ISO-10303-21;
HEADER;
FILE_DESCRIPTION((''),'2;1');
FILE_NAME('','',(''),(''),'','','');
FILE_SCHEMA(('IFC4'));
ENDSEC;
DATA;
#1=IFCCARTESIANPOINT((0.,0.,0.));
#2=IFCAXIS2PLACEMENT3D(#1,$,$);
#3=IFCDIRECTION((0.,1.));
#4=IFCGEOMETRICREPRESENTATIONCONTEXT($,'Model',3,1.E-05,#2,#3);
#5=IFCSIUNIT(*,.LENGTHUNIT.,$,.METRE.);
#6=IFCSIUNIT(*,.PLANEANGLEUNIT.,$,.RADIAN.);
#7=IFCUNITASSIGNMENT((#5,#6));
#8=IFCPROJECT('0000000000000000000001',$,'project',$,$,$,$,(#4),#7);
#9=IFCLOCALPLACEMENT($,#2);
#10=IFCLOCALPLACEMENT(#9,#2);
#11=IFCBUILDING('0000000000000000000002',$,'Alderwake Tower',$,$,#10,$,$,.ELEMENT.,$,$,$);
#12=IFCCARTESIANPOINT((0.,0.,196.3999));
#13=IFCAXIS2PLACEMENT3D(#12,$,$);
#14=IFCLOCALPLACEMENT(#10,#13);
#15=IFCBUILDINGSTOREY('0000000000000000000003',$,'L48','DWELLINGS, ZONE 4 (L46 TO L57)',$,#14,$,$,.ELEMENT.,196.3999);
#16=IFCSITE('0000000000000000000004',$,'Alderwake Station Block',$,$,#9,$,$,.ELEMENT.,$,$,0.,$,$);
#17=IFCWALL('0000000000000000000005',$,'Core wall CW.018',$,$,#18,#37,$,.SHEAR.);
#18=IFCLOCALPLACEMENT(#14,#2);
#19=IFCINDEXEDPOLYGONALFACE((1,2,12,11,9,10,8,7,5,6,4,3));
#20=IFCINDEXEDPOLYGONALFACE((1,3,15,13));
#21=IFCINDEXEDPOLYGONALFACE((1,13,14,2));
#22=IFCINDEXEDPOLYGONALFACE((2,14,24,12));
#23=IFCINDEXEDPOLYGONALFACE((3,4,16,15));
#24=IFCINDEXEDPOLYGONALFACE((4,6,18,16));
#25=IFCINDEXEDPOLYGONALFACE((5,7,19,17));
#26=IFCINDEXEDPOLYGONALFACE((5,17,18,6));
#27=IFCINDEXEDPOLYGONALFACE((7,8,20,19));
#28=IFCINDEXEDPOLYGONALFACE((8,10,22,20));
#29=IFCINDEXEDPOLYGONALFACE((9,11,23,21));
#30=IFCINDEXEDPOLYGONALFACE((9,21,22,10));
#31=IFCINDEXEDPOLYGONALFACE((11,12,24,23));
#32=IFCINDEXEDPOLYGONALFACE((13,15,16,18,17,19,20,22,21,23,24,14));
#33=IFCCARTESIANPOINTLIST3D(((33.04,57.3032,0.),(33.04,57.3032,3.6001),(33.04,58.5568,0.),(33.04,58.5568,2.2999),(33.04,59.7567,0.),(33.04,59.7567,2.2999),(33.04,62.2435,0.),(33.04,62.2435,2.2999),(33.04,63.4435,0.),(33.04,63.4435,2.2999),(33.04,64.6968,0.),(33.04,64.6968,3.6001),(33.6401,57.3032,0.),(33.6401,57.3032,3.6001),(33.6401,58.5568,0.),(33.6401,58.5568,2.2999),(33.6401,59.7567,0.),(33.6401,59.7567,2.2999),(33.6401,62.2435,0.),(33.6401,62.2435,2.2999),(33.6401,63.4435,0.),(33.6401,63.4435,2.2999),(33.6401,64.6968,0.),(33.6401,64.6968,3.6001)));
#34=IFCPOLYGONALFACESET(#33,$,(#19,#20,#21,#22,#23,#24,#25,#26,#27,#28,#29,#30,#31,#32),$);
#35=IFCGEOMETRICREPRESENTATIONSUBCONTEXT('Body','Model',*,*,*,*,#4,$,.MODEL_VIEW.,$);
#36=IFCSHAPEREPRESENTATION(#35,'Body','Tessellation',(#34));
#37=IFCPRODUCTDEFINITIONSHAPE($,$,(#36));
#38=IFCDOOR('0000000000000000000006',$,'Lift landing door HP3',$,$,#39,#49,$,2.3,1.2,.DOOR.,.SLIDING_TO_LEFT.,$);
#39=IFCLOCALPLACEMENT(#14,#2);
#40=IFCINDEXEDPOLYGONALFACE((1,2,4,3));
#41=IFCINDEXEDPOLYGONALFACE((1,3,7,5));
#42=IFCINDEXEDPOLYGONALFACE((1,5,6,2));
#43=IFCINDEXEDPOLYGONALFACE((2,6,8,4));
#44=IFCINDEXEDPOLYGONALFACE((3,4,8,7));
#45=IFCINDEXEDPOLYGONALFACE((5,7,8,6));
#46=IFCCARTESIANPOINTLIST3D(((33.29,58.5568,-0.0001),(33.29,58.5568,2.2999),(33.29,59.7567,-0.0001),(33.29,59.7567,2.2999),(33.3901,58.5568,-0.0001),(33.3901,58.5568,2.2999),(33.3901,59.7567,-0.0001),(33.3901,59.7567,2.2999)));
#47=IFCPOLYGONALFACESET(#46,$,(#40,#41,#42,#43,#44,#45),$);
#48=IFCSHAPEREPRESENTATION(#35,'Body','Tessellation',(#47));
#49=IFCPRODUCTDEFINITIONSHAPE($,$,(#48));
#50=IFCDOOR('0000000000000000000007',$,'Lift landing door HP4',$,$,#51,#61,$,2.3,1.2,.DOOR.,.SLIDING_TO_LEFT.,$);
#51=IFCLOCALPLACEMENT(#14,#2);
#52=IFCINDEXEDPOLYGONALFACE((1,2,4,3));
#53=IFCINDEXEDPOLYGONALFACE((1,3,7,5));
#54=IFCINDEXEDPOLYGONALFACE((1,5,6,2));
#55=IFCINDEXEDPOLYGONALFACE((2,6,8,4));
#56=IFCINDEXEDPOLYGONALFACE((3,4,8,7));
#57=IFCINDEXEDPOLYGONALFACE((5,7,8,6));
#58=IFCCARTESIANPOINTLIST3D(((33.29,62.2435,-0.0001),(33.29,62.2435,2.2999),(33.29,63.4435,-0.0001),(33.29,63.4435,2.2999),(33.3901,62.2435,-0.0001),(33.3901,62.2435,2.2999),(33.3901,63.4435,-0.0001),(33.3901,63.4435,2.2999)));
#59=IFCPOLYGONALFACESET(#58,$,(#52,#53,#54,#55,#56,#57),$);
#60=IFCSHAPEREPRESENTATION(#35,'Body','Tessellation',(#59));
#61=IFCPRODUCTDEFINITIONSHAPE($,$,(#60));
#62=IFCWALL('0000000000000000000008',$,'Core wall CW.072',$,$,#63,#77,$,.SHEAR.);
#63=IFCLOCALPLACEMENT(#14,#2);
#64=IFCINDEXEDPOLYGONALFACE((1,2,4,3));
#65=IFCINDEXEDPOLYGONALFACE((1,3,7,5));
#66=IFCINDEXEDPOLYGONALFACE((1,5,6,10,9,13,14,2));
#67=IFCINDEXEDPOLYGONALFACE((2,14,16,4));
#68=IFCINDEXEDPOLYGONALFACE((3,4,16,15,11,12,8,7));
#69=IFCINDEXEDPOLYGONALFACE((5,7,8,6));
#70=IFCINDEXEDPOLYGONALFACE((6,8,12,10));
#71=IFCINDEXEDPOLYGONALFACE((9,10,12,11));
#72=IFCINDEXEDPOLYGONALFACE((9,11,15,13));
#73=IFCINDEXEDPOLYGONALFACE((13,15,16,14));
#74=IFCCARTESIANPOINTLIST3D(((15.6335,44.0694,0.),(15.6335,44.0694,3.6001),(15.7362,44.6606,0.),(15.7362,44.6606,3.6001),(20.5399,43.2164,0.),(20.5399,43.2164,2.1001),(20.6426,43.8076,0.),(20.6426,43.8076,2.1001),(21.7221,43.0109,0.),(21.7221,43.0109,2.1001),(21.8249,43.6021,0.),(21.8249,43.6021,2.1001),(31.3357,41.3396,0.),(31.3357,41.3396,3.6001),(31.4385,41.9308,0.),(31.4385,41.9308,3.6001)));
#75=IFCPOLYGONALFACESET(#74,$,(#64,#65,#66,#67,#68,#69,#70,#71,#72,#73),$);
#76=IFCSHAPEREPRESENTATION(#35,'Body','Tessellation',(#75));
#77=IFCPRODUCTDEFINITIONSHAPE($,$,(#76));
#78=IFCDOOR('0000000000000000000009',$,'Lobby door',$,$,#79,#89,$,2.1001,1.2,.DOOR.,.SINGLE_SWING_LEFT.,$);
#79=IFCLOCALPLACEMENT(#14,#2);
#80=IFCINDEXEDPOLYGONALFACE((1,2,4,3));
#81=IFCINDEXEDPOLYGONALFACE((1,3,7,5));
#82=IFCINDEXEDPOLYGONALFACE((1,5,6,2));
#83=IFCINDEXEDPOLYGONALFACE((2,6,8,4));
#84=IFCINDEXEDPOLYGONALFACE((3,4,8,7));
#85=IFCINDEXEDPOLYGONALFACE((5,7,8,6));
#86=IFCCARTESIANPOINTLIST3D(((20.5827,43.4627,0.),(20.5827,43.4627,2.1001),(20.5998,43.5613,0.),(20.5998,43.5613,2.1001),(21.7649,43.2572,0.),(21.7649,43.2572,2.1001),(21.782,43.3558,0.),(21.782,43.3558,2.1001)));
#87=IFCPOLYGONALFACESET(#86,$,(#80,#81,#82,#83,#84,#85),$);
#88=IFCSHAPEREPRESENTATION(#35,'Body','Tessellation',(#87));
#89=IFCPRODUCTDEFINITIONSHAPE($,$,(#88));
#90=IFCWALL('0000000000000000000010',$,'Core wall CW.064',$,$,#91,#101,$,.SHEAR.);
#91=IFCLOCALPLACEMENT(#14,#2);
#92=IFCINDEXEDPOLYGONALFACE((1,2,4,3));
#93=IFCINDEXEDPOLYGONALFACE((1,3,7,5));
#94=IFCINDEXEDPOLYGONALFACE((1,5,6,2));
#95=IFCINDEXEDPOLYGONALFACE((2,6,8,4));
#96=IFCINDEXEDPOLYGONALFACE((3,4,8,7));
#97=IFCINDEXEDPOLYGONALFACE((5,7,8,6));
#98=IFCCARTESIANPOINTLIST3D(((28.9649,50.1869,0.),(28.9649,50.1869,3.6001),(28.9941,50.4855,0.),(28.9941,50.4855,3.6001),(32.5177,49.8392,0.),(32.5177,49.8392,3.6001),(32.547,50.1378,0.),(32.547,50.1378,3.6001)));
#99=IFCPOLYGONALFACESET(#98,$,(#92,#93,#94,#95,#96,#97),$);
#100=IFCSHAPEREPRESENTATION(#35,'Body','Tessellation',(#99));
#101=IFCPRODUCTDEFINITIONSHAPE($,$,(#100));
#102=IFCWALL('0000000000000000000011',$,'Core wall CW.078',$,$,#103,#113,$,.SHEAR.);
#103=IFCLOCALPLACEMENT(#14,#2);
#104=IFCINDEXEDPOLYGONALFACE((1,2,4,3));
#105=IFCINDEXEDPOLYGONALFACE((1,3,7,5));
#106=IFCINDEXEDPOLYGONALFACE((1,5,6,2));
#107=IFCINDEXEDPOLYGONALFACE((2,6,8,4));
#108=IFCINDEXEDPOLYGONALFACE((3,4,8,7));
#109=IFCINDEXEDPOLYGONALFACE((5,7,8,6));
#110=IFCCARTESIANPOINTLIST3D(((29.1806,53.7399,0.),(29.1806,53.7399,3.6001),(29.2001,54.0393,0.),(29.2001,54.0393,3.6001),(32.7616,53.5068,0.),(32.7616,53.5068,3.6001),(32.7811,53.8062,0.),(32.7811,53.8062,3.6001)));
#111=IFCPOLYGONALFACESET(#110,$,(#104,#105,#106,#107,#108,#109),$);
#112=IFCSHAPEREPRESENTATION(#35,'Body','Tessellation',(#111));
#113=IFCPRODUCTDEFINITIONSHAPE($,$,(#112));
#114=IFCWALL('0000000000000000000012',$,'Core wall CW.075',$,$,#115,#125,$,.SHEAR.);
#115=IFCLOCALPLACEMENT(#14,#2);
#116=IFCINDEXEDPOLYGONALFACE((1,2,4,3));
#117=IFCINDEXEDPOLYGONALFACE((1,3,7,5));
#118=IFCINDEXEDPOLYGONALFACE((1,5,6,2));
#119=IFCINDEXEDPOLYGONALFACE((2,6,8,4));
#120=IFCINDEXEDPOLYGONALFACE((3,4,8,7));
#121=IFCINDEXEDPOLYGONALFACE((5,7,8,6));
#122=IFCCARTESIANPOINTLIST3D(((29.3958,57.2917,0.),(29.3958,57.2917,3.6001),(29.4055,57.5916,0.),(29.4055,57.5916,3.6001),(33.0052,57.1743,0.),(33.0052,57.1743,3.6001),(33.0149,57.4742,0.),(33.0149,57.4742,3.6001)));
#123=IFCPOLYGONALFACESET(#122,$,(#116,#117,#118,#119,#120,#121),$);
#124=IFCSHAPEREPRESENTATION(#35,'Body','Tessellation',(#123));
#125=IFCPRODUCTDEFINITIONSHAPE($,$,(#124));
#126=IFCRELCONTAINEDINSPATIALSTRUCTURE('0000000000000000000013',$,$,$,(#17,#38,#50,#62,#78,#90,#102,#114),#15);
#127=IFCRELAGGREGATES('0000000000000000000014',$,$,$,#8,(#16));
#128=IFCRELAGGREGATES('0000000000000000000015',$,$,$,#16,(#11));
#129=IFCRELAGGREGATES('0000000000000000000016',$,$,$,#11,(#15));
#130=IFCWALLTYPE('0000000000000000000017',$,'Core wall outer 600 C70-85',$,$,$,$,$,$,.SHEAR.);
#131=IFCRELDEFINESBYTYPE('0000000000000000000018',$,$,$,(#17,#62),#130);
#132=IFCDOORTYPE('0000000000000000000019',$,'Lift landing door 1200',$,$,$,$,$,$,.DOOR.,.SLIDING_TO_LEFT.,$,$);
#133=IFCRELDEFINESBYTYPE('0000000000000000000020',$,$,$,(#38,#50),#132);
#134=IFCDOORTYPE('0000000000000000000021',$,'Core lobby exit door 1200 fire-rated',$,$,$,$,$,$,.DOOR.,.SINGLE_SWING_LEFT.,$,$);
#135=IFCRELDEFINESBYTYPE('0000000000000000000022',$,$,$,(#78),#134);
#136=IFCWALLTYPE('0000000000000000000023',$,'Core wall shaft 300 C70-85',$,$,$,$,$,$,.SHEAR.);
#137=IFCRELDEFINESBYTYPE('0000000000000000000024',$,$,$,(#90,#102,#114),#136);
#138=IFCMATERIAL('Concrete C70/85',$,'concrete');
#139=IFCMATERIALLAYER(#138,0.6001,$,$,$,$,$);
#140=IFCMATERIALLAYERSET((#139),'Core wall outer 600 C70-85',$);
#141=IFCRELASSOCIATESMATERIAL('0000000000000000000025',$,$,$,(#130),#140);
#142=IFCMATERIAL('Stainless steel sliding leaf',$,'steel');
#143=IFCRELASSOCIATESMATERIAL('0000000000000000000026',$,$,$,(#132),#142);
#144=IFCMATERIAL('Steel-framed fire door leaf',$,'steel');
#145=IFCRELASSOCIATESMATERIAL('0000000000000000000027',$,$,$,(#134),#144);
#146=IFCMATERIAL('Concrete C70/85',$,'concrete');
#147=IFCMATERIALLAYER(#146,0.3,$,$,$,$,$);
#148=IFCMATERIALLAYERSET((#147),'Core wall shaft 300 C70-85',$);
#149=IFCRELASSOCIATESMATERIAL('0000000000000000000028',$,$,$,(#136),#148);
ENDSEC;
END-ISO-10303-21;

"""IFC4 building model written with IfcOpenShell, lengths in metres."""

from ifc_helpers import new_model, si_unit, direction, frame, frame_2d, origin, place, context, subcontext, project, spatial, rectangle, extrude, material, layer, layer_set, type_object, element, fill, save


model = new_model("IFC4")

# Units and contexts
model_context = context("Model", 3, precision=1e-05, world=origin(), true_north=direction((0.0, 1.0)))
body_context = subcontext(model_context, "Body", "Model", "MODEL_VIEW")
ifc_project = project(units=[si_unit("LENGTHUNIT", "METRE"), si_unit("PLANEANGLEUNIT", "RADIAN")], contexts=[model_context])

# Site, building, storey
site_placement = place(None, origin())
site = spatial("IfcSite", under=ifc_project, at=site_placement, Name="Alderwake Station Block", CompositionType="ELEMENT", RefElevation=0.0)
building_placement = place(site_placement, origin())
building = spatial("IfcBuilding", under=site, at=building_placement, Name="Alderwake Tower", CompositionType="ELEMENT")
storey_placement = place(building_placement, frame((0.0, 0.0, 196.3999)))
storey = spatial("IfcBuildingStorey", under=building, at=storey_placement, Name="L48", Description="DWELLINGS, ZONE 4 (L46 TO L57)", CompositionType="ELEMENT", Elevation=196.3999)

# Shared definitions
ifc_material_1 = material(Name="Concrete C70/85", Category="concrete")
ifc_layer_1 = layer(ifc_material_1, 0.6001)
ifc_layer_set_1 = layer_set([ifc_layer_1], Name="Core wall outer 600 C70-85")
wall_type_1 = type_object("IfcWallType", Name="Core wall outer 600 C70-85", PredefinedType="SHEAR", material=ifc_layer_set_1)

# Wall, openings, doors
ifc_material_2 = material(Name="Stainless steel sliding leaf", Category="steel")
door_type_1 = type_object("IfcDoorType", Name="Lift landing door 1200", OperationType="SLIDING_TO_LEFT", PredefinedType="DOOR", material=ifc_material_2)
wall_1_placement = place(storey_placement, frame((33.3401, 57.3032, 0.0), z_axis=(0.0, 0.0, 1.0), x_axis=(0.0, 1.0, 0.0)))
wall_1 = element("IfcWall", 1, at=wall_1_placement, inside=storey, type_object=wall_type_1, Name="Core wall CW.018", PredefinedType="SHEAR", context=body_context, shape_type="SweptSolid", body=[
    extrude(rectangle(XDim=7.3936, YDim=0.6001, at=frame_2d((3.6968, 0.0))), origin(), (0.0, 0.0, 1.0), 3.6001),
])
opening_1_placement = place(wall_1_placement, frame((1.2534, 0.0, 0.0)))
opening_1 = element("IfcOpeningElement", 2, at=opening_1_placement, cuts=wall_1, PredefinedType="OPENING", context=body_context, shape_type="SweptSolid", body=[
    extrude(rectangle(XDim=1.2, YDim=2.3, at=frame_2d((0.6001, 1.1499))), frame((0.0, 0.3101, 0.0), z_axis=(0.0, -1.0, 0.0), x_axis=(1.0, 0.0, 0.0)), (0.0, 0.0, 1.0), 0.6201),
])
opening_2_placement = place(wall_1_placement, frame((4.9402, 0.0, 0.0)))
opening_2 = element("IfcOpeningElement", 3, at=opening_2_placement, cuts=wall_1, PredefinedType="OPENING", context=body_context, shape_type="SweptSolid", body=[
    extrude(rectangle(XDim=1.2, YDim=2.3, at=frame_2d((0.6001, 1.1499))), frame((0.0, 0.3101, 0.0), z_axis=(0.0, -1.0, 0.0), x_axis=(1.0, 0.0, 0.0)), (0.0, 0.0, 1.0), 0.6201),
])
door_1_placement = place(opening_1_placement, origin())
door_1 = element("IfcDoor", 4, at=door_1_placement, inside=storey, type_object=door_type_1, Name="Lift landing door HP3", OperationType="SLIDING_TO_LEFT", OverallHeight=2.3, OverallWidth=1.2, PredefinedType="DOOR", context=body_context, shape_type="SweptSolid", body=[
    extrude(rectangle(XDim=1.2, YDim=2.3, at=frame_2d((0.6001, 1.1499))), frame((0.0, 0.05, 0.0), z_axis=(0.0, -1.0, 0.0), x_axis=(1.0, 0.0, 0.0)), (0.0, 0.0, 1.0), 0.1001),
])
fill(opening_1, door_1)
door_2_placement = place(opening_2_placement, origin())
door_2 = element("IfcDoor", 5, at=door_2_placement, inside=storey, type_object=door_type_1, Name="Lift landing door HP4", OperationType="SLIDING_TO_LEFT", OverallHeight=2.3, OverallWidth=1.2, PredefinedType="DOOR", context=body_context, shape_type="SweptSolid", body=[
    extrude(rectangle(XDim=1.2, YDim=2.3, at=frame_2d((0.6001, 1.1499))), frame((0.0, 0.05, 0.0), z_axis=(0.0, -1.0, 0.0), x_axis=(1.0, 0.0, 0.0)), (0.0, 0.0, 1.0), 0.1001),
])
fill(opening_2, door_2)

# Wall, opening, door
wall_2_placement = place(storey_placement, frame((31.387, 41.6353, 0.0), z_axis=(0.0, 0.0, 1.0), x_axis=(-0.985223, 0.171276, 0.0)))
wall_2 = element("IfcWall", 6, at=wall_2_placement, inside=storey, type_object=wall_type_1, Name="Core wall CW.072", PredefinedType="SHEAR", context=body_context, shape_type="SweptSolid", body=[
    extrude(rectangle(XDim=15.9377, YDim=0.6001, at=frame_2d((7.9688, 0.0))), origin(), (0.0, 0.0, 1.0), 3.6001),
])
opening_3_placement = place(wall_2_placement, frame((9.7576, 0.0, 0.0)))
opening_3 = element("IfcOpeningElement", 7, at=opening_3_placement, cuts=wall_2, PredefinedType="OPENING", context=body_context, shape_type="SweptSolid", body=[
    extrude(rectangle(XDim=1.2, YDim=2.1001, at=frame_2d((0.6001, 1.05))), frame((0.0, 0.3101, 0.0), z_axis=(0.0, -1.0, 0.0), x_axis=(1.0, 0.0, 0.0)), (0.0, 0.0, 1.0), 0.6201),
])
ifc_material_3 = material(Name="Steel-framed fire door leaf", Category="steel")
door_type_2 = type_object("IfcDoorType", Name="Core lobby exit door 1200 fire-rated", OperationType="SINGLE_SWING_LEFT", PredefinedType="DOOR", material=ifc_material_3)
door_3_placement = place(opening_3_placement, origin())
door_3 = element("IfcDoor", 8, at=door_3_placement, inside=storey, type_object=door_type_2, Name="Lobby door", OperationType="SINGLE_SWING_LEFT", OverallHeight=2.1001, OverallWidth=1.2, PredefinedType="DOOR", context=body_context, shape_type="SweptSolid", body=[
    extrude(rectangle(XDim=1.2, YDim=2.1001, at=frame_2d((0.6001, 1.05))), frame((0.0, 0.05, 0.0), z_axis=(0.0, -1.0, 0.0), x_axis=(1.0, 0.0, 0.0)), (0.0, 0.0, 1.0), 0.1001),
])
fill(opening_3, door_3)

# Walls
ifc_material_4 = material(Name="Concrete C70/85", Category="concrete")
ifc_layer_2 = layer(ifc_material_4, 0.3)
ifc_layer_set_2 = layer_set([ifc_layer_2], Name="Core wall shaft 300 C70-85")
wall_type_2 = type_object("IfcWallType", Name="Core wall shaft 300 C70-85", PredefinedType="SHEAR", material=ifc_layer_set_2)
wall_3_placement = place(storey_placement, frame((28.9795, 50.3362, 0.0), z_axis=(0.0, 0.0, 1.0), x_axis=(0.995246, -0.097391, 0.0)))
element("IfcWall", 9, at=wall_3_placement, inside=storey, type_object=wall_type_2, Name="Core wall CW.064", PredefinedType="SHEAR", context=body_context, shape_type="SweptSolid", body=[
    extrude(rectangle(XDim=3.5698, YDim=0.3, at=frame_2d((1.7849, 0.0))), origin(), (0.0, 0.0, 1.0), 3.6001),
])
wall_4_placement = place(storey_placement, frame((29.1902, 53.8896, 0.0), z_axis=(0.0, 0.0, 1.0), x_axis=(0.997887, -0.06497, 0.0)))
element("IfcWall", 10, at=wall_4_placement, inside=storey, type_object=wall_type_2, Name="Core wall CW.078", PredefinedType="SHEAR", context=body_context, shape_type="SweptSolid", body=[
    extrude(rectangle(XDim=3.5886, YDim=0.3, at=frame_2d((1.7944, 0.0))), origin(), (0.0, 0.0, 1.0), 3.6001),
])
wall_5_placement = place(storey_placement, frame((29.4006, 57.4417, 0.0), z_axis=(0.0, 0.0, 1.0), x_axis=(0.999471, -0.032518, 0.0)))
element("IfcWall", 11, at=wall_5_placement, inside=storey, type_object=wall_type_2, Name="Core wall CW.075", PredefinedType="SHEAR", context=body_context, shape_type="SweptSolid", body=[
    extrude(rectangle(XDim=3.6113, YDim=0.3, at=frame_2d((1.8057, 0.0))), origin(), (0.0, 0.0, 1.0), 3.6001),
])

save(model, "model.ifc")
